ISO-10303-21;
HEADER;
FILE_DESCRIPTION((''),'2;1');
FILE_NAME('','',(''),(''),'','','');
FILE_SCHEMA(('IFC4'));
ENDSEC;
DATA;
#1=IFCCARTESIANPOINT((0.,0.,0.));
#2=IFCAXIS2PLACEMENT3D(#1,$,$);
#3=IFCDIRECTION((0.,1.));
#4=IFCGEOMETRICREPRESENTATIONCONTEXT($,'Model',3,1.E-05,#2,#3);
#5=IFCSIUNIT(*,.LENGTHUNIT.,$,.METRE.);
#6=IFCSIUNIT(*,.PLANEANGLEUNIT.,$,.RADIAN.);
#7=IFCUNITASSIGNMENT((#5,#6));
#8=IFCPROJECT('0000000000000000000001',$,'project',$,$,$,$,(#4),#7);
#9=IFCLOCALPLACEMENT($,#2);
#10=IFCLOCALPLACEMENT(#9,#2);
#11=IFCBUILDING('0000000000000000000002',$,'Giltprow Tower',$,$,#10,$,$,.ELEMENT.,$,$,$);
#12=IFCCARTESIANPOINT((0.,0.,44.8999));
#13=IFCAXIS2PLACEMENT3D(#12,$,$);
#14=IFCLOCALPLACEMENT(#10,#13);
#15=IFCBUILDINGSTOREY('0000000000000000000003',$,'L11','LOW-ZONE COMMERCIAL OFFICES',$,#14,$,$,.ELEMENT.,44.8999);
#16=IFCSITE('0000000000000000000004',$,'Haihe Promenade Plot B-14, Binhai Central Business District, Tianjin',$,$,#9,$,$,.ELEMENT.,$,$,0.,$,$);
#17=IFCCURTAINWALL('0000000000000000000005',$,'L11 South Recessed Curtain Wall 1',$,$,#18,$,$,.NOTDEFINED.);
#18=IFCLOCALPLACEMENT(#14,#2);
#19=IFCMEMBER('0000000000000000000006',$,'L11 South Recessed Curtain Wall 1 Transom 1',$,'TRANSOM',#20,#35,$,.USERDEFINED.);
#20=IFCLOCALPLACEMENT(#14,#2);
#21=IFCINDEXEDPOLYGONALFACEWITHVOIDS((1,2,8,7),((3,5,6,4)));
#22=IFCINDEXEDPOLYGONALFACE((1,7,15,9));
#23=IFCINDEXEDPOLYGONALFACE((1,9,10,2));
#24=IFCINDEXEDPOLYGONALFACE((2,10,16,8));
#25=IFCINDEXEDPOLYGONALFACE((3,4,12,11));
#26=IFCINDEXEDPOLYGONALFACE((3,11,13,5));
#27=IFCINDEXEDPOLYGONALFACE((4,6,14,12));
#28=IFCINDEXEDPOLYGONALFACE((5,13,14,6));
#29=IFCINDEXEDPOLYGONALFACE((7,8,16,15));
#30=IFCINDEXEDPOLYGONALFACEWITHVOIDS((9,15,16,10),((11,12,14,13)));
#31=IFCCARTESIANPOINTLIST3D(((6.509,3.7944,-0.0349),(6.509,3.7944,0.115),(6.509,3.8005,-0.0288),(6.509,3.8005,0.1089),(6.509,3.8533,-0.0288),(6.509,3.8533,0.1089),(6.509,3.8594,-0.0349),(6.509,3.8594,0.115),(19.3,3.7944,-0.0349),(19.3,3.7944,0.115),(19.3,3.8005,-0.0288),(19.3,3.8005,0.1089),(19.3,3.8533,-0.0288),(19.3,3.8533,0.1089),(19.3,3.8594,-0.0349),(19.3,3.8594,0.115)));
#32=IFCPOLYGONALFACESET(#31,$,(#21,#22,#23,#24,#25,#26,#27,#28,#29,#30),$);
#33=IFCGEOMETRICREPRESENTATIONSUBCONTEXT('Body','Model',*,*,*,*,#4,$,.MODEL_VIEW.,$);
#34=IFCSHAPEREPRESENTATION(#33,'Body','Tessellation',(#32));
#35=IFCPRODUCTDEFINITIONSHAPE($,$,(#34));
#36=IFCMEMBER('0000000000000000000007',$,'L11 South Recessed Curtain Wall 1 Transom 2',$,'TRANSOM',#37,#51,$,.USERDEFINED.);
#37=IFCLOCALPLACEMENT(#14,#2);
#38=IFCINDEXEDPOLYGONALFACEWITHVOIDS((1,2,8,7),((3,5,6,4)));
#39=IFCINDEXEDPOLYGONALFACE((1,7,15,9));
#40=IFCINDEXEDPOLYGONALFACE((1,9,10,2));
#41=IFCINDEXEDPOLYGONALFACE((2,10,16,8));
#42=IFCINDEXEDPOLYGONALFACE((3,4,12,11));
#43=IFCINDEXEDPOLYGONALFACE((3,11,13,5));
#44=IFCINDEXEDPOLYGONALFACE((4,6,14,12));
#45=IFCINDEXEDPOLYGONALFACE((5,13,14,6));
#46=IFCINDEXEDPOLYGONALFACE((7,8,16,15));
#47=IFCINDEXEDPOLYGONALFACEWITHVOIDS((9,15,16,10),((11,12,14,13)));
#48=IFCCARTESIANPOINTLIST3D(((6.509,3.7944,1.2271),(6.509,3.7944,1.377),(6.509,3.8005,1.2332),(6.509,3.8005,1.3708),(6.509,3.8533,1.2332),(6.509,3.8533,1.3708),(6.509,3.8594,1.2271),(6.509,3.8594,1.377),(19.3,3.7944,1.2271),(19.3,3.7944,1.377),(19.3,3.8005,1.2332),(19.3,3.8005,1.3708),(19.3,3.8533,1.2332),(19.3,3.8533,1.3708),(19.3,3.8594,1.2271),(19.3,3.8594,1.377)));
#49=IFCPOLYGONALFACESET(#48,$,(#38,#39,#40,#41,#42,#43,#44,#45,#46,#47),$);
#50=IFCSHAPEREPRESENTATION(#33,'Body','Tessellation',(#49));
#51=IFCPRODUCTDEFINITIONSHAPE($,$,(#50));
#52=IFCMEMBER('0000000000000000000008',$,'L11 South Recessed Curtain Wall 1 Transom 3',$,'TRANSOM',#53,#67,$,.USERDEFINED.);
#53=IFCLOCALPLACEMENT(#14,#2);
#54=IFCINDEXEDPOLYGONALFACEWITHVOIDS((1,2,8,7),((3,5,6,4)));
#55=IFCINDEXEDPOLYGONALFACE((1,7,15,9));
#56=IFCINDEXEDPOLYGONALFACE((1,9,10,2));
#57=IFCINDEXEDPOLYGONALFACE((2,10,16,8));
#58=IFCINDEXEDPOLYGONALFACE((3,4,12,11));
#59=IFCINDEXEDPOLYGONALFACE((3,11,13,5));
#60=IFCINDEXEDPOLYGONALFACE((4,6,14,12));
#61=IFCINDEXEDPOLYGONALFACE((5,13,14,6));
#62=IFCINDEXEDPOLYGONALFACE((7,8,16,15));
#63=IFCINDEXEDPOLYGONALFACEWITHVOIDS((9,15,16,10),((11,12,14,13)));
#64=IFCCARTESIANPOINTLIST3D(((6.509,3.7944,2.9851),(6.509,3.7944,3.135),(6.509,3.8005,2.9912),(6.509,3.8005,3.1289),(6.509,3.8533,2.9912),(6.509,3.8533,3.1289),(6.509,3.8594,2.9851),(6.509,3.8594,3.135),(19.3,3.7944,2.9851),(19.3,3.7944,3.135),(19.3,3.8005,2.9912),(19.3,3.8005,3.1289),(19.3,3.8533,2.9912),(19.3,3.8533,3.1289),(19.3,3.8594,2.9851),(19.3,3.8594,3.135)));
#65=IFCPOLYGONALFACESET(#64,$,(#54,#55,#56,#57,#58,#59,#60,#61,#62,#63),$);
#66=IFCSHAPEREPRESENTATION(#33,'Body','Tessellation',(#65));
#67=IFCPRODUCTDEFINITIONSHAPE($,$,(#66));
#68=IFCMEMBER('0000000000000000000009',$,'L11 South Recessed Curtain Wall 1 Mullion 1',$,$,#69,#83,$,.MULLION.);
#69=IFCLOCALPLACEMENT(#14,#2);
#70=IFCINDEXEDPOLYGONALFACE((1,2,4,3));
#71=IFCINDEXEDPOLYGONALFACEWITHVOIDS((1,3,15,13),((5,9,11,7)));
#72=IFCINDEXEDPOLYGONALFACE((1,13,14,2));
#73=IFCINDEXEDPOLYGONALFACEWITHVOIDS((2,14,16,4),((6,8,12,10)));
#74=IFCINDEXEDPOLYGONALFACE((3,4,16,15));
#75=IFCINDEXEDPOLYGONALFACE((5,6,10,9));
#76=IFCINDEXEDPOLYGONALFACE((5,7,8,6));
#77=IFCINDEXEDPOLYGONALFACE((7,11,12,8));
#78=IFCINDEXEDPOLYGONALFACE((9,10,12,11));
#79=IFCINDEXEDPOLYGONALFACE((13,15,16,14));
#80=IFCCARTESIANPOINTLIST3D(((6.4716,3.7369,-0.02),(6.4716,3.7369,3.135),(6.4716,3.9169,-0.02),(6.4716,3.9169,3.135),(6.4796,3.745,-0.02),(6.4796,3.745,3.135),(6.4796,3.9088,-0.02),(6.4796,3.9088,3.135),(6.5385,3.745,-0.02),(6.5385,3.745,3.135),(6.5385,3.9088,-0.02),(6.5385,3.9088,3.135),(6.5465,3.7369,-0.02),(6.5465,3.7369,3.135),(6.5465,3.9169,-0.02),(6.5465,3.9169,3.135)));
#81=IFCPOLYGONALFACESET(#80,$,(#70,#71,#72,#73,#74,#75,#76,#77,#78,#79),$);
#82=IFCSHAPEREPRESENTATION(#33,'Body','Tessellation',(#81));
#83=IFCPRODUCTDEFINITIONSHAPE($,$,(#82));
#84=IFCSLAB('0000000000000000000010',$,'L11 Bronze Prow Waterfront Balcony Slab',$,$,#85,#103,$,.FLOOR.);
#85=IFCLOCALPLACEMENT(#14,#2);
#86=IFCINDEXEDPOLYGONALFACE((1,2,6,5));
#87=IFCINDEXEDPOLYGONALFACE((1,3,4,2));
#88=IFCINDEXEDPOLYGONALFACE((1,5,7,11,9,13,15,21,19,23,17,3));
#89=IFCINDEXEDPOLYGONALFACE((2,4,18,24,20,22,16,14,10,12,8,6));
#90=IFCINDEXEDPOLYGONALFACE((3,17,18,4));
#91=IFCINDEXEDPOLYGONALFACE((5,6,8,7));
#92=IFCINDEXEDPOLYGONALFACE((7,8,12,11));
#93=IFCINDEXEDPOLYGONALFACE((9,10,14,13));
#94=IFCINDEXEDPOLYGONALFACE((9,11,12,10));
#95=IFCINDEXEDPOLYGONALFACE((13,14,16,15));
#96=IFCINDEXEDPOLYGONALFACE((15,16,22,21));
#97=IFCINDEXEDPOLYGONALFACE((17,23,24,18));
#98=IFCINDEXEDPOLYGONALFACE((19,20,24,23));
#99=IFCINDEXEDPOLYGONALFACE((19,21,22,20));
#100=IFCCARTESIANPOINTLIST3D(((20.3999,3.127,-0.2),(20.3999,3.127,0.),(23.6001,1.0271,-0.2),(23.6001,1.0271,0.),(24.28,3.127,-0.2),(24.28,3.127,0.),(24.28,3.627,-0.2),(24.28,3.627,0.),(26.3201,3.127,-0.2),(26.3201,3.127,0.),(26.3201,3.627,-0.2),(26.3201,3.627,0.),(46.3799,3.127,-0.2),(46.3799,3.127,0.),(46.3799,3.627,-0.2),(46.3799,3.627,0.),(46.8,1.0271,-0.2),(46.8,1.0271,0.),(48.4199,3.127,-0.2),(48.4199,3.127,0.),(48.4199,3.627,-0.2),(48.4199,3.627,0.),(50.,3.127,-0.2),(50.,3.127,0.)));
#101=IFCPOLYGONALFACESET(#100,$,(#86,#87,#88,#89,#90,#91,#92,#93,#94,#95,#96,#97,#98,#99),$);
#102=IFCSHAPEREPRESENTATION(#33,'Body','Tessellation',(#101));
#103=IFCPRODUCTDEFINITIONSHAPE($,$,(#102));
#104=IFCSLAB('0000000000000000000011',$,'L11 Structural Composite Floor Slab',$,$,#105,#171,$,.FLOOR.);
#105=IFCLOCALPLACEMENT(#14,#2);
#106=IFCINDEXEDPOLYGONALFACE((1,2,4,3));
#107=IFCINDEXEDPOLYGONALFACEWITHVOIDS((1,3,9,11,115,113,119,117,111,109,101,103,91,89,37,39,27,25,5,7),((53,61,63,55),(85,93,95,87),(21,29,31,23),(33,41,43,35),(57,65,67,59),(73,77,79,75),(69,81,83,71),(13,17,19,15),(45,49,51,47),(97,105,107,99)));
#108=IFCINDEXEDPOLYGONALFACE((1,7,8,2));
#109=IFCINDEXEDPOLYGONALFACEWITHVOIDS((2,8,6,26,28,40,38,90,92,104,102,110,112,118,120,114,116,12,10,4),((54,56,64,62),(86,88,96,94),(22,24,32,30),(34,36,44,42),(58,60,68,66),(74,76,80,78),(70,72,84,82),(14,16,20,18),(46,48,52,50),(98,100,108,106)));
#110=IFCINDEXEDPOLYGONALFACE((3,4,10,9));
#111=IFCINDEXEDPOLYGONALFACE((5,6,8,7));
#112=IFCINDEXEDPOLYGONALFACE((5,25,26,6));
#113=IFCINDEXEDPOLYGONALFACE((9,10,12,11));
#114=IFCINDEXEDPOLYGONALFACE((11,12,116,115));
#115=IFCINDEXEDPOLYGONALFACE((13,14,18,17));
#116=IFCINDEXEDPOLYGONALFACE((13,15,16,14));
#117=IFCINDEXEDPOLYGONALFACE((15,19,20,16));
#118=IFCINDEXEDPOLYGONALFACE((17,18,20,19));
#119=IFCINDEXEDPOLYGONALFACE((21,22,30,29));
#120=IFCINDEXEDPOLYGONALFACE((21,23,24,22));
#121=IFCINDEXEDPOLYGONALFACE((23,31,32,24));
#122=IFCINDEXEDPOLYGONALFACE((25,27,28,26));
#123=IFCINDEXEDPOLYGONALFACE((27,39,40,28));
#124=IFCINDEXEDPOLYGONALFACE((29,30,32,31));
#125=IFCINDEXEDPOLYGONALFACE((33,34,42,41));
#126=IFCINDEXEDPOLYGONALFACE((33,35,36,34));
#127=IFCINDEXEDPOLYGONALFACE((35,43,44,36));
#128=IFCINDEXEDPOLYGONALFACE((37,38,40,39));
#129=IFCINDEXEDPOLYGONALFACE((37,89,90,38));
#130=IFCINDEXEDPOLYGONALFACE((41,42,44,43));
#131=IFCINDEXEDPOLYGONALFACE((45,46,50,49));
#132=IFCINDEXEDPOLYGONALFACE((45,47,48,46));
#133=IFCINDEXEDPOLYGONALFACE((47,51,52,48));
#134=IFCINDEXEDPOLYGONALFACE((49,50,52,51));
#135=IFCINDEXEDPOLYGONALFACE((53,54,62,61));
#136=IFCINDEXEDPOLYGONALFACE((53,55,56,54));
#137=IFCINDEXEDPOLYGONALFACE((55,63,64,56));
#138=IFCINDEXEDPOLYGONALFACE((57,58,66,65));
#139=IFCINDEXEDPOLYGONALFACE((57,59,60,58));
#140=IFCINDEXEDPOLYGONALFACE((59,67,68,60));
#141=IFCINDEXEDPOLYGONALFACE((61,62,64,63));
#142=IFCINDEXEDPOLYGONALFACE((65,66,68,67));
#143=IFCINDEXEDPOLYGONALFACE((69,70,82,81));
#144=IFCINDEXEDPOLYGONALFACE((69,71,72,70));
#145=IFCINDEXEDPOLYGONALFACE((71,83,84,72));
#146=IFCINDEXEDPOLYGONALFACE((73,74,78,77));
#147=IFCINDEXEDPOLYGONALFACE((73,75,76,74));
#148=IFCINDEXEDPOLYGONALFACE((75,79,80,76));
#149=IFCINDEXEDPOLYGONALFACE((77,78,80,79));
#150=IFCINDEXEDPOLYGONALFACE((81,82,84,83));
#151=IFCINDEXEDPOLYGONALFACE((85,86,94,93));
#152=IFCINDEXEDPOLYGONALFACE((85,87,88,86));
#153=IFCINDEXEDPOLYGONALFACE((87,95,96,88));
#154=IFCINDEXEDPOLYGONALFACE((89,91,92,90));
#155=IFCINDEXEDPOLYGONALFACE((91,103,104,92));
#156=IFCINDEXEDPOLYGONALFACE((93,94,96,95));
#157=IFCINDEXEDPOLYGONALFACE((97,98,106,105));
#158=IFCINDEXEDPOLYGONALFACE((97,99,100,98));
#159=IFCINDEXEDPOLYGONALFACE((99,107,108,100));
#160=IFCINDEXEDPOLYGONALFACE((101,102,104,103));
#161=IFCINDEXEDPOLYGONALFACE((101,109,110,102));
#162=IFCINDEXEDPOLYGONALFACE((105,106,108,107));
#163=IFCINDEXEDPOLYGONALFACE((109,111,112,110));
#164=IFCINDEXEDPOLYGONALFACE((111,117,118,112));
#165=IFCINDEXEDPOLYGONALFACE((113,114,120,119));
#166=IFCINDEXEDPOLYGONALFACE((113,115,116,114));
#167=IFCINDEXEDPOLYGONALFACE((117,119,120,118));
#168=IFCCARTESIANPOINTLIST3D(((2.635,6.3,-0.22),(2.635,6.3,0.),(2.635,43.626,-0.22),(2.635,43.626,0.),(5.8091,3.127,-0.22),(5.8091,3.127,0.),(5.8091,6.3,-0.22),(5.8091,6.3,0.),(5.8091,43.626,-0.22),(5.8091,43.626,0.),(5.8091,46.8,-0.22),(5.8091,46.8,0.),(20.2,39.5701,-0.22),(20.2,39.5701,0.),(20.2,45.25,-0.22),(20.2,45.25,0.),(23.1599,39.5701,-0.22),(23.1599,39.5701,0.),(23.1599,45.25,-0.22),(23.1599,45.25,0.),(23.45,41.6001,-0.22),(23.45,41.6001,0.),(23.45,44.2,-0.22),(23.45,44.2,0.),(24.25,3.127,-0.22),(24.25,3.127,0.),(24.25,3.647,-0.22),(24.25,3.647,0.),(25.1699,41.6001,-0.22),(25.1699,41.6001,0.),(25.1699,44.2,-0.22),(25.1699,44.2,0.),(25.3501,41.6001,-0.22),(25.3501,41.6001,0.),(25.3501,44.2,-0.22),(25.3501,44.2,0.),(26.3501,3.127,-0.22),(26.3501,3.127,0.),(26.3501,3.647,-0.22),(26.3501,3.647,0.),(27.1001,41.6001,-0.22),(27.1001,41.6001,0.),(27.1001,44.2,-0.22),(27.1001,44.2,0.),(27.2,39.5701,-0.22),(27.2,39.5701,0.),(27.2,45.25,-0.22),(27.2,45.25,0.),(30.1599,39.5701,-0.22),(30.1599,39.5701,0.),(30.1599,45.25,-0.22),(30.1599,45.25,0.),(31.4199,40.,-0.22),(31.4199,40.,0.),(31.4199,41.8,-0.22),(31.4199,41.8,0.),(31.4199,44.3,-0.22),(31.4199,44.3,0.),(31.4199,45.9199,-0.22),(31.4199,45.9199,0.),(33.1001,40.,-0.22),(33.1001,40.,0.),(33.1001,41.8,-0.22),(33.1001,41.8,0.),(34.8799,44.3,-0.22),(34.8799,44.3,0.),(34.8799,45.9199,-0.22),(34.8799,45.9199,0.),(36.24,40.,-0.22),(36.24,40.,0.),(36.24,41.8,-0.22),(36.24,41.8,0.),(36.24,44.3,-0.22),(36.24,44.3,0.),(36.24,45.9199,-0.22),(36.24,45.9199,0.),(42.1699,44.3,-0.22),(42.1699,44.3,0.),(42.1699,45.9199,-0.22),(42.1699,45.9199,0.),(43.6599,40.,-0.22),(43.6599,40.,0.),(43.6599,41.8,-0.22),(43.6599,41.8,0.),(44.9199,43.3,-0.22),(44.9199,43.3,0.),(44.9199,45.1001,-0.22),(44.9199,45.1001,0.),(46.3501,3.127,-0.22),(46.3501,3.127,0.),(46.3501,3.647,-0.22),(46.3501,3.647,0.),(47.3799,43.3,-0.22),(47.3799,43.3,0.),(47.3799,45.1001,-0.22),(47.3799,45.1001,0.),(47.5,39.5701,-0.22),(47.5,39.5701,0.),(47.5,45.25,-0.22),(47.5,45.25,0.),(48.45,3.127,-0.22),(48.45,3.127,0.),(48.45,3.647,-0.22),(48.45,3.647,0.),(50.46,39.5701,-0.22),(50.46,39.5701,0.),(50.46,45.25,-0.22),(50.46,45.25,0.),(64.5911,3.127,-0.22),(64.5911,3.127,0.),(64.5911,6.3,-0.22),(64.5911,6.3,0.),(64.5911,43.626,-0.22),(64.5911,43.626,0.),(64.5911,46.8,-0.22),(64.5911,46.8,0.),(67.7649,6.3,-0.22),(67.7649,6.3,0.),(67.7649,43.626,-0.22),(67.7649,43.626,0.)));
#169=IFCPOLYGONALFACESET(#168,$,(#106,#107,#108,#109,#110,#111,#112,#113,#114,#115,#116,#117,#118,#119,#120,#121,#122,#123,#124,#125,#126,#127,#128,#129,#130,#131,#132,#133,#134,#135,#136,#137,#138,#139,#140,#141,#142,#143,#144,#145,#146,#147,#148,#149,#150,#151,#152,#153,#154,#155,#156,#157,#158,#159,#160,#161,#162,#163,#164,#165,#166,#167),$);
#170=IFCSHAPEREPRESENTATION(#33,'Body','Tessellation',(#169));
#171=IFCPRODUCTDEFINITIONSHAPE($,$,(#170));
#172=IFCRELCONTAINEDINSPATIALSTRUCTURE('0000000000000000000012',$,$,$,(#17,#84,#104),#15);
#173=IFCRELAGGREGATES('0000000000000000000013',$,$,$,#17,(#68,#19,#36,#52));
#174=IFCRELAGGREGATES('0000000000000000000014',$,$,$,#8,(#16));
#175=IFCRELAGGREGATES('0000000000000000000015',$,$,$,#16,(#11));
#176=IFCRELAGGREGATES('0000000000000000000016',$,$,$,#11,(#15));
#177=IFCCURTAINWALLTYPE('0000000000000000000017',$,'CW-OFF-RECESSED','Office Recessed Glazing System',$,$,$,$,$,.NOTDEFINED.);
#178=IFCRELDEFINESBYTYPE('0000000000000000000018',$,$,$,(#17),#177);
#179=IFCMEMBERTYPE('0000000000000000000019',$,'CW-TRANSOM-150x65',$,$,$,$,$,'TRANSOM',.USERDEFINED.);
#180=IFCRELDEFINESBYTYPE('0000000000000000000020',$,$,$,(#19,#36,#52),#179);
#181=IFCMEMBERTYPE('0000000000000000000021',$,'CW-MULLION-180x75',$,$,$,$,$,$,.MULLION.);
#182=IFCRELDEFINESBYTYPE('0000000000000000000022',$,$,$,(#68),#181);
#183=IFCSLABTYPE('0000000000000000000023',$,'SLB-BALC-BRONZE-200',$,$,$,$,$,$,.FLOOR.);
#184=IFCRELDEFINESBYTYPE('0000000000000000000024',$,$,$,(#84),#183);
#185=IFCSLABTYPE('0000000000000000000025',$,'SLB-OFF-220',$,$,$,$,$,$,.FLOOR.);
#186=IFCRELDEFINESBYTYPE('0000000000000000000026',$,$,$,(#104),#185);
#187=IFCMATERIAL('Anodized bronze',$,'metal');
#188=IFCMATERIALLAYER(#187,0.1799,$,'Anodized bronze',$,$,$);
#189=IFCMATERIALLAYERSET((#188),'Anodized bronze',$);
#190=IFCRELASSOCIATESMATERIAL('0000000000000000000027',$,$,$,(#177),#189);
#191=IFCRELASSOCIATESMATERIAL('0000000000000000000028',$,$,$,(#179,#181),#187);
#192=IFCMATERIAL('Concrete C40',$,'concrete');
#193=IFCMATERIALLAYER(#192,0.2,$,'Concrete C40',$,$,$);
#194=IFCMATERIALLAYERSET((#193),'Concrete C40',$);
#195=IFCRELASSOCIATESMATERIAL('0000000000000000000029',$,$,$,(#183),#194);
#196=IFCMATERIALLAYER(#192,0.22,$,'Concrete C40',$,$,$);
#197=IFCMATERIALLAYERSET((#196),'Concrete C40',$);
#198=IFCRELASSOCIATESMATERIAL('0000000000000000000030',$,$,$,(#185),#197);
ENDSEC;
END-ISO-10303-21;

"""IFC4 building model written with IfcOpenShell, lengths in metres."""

from ifc_helpers import new_model, si_unit, direction, frame, origin, origin_2d, place, context, subcontext, project, spatial, polyline, hollow_rectangle, outline, extrude, source, transform, mapped, material, layer, layer_set, material_profile, profile_set, type_object, element, aggregate, save


model = new_model("IFC4")

# Units and contexts
model_context = context("Model", 3, precision=1e-05, world=origin(), true_north=direction((0.0, 1.0)))
body_context = subcontext(model_context, "Body", "Model", "MODEL_VIEW")
ifc_project = project(units=[si_unit("LENGTHUNIT", "METRE"), si_unit("PLANEANGLEUNIT", "RADIAN")], contexts=[model_context])

# Site, building, storey
site_placement = place(None, origin())
site = spatial("IfcSite", under=ifc_project, at=site_placement, Name="Haihe Promenade Plot B-14, Binhai Central Business District, Tianjin", CompositionType="ELEMENT", RefElevation=0.0)
building_placement = place(site_placement, origin())
building = spatial("IfcBuilding", under=site, at=building_placement, Name="Giltprow Tower", CompositionType="ELEMENT")
storey_placement = place(building_placement, frame((0.0, 0.0, 44.8999)))
storey = spatial("IfcBuildingStorey", under=building, at=storey_placement, Name="L11", Description="LOW-ZONE COMMERCIAL OFFICES", CompositionType="ELEMENT", Elevation=44.8999)

# Curtain wall, members
ifc_material_1 = material(Name="Anodized bronze", Category="metal")
ifc_layer_1 = layer(ifc_material_1, 0.1799, Name="Anodized bronze")
ifc_layer_set_1 = layer_set([ifc_layer_1], Name="Anodized bronze")
curtain_wall_type = type_object("IfcCurtainWallType", Name="CW-OFF-RECESSED", Description="Office Recessed Glazing System", PredefinedType="NOTDEFINED", material=ifc_layer_set_1)
curtain_wall_placement = place(storey_placement, origin())
curtain_wall = element("IfcCurtainWall", 1, at=curtain_wall_placement, inside=storey, type_object=curtain_wall_type, Name="L11 South Recessed Curtain Wall 1", PredefinedType="NOTDEFINED")
ifc_material_profile_1 = material_profile(ifc_material_1, hollow_rectangle(XDim=0.0649, YDim=0.1499, WallThickness=0.0061, at=origin_2d()), Name="RHS 150x65x6")
ifc_profile_set_1 = profile_set([ifc_material_profile_1], Name="Anodized bronze")
member_type_1 = type_object("IfcMemberType", Name="CW-TRANSOM-150x65", ElementType="TRANSOM", PredefinedType="USERDEFINED", material=ifc_profile_set_1)
shared_shape_1 = source(origin(), body_context, "Body", "SweptSolid", [
    extrude(hollow_rectangle(XDim=0.0649, YDim=0.1499, WallThickness=0.0061, at=origin_2d()), origin(), (0.0, 0.0, 1.0), 12.791),
])
member_1_placement = place(storey_placement, frame((6.509, 3.8269, 0.04), z_axis=(1.0, 0.0, 0.0), x_axis=(0.0, 1.0, 0.0)))
member_1 = element("IfcMember", 2, at=member_1_placement, type_object=member_type_1, Name="L11 South Recessed Curtain Wall 1 Transom 1", ObjectType="TRANSOM", PredefinedType="USERDEFINED", context=body_context, shape_type="MappedRepresentation", body=[
    mapped(shared_shape_1, transform((0.0, 0.0, 0.0), x_axis=(1.0, 0.0, 0.0), y_axis=(0.0, 1.0, 0.0), z_axis=(0.0, 0.0, 1.0), scale=1.0)),
])
member_2_placement = place(storey_placement, frame((6.509, 3.8269, 1.302), z_axis=(1.0, 0.0, 0.0), x_axis=(0.0, 1.0, 0.0)))
member_2 = element("IfcMember", 3, at=member_2_placement, type_object=member_type_1, Name="L11 South Recessed Curtain Wall 1 Transom 2", ObjectType="TRANSOM", PredefinedType="USERDEFINED", context=body_context, shape_type="MappedRepresentation", body=[
    mapped(shared_shape_1, transform((0.0, 0.0, 0.0), x_axis=(1.0, 0.0, 0.0), y_axis=(0.0, 1.0, 0.0), z_axis=(0.0, 0.0, 1.0), scale=1.0)),
])
member_3_placement = place(storey_placement, frame((6.509, 3.8269, 3.0601), z_axis=(1.0, 0.0, 0.0), x_axis=(0.0, 1.0, 0.0)))
member_3 = element("IfcMember", 4, at=member_3_placement, type_object=member_type_1, Name="L11 South Recessed Curtain Wall 1 Transom 3", ObjectType="TRANSOM", PredefinedType="USERDEFINED", context=body_context, shape_type="MappedRepresentation", body=[
    mapped(shared_shape_1, transform((0.0, 0.0, 0.0), x_axis=(1.0, 0.0, 0.0), y_axis=(0.0, 1.0, 0.0), z_axis=(0.0, 0.0, 1.0), scale=1.0)),
])
ifc_material_profile_2 = material_profile(ifc_material_1, hollow_rectangle(XDim=0.075, YDim=0.1799, WallThickness=0.0081, at=origin_2d()), Name="RHS 180x75x8")
ifc_profile_set_2 = profile_set([ifc_material_profile_2], Name="Anodized bronze")
member_type_2 = type_object("IfcMemberType", Name="CW-MULLION-180x75", PredefinedType="MULLION", material=ifc_profile_set_2)
shared_shape_2 = source(origin(), body_context, "Body", "SweptSolid", [
    extrude(hollow_rectangle(XDim=0.075, YDim=0.1799, WallThickness=0.0081, at=origin_2d()), origin(), (0.0, 0.0, 1.0), 3.155),
])
member_4_placement = place(storey_placement, frame((6.509, 3.8269, -0.02), z_axis=(0.0, 0.0, 1.0), x_axis=(1.0, 0.0, 0.0)))
member_4 = element("IfcMember", 5, at=member_4_placement, type_object=member_type_2, Name="L11 South Recessed Curtain Wall 1 Mullion 1", PredefinedType="MULLION", context=body_context, shape_type="MappedRepresentation", body=[
    mapped(shared_shape_2, transform((0.0, 0.0, 0.0), x_axis=(1.0, 0.0, 0.0), y_axis=(0.0, 1.0, 0.0), z_axis=(0.0, 0.0, 1.0), scale=1.0)),
])

# Slabs
ifc_material_2 = material(Name="Concrete C40", Category="concrete")
ifc_layer_2 = layer(ifc_material_2, 0.2, Name="Concrete C40")
ifc_layer_set_2 = layer_set([ifc_layer_2], Name="Concrete C40")
slab_type_1 = type_object("IfcSlabType", Name="SLB-BALC-BRONZE-200", PredefinedType="FLOOR", material=ifc_layer_set_2)
slab_1_placement = place(storey_placement, frame((0.0, 0.0, -0.2)))
element("IfcSlab", 6, at=slab_1_placement, inside=storey, type_object=slab_type_1, Name="L11 Bronze Prow Waterfront Balcony Slab", PredefinedType="FLOOR", context=body_context, shape_type="SweptSolid", body=[
    extrude(outline(polyline([(50.0, 3.127), (46.8, 1.0271), (23.6001, 1.0271), (20.3999, 3.127), (24.28, 3.127), (24.28, 3.627), (26.3201, 3.627), (26.3201, 3.127), (46.3799, 3.127), (46.3799, 3.627), (48.4199, 3.627), (48.4199, 3.127), (50.0, 3.127)])), origin(), (0.0, 0.0, 1.0), 0.2),
])
ifc_layer_3 = layer(ifc_material_2, 0.22, Name="Concrete C40")
ifc_layer_set_3 = layer_set([ifc_layer_3], Name="Concrete C40")
slab_type_2 = type_object("IfcSlabType", Name="SLB-OFF-220", PredefinedType="FLOOR", material=ifc_layer_set_3)
slab_2_placement = place(storey_placement, frame((0.0, 0.0, -0.22)))
element("IfcSlab", 7, at=slab_2_placement, inside=storey, type_object=slab_type_2, Name="L11 Structural Composite Floor Slab", PredefinedType="FLOOR", context=body_context, shape_type="SweptSolid", body=[
    extrude(outline(polyline([(5.8091, 3.127), (5.8091, 6.3), (2.635, 6.3), (2.635, 43.626), (5.8091, 43.626), (5.8091, 46.8), (64.5911, 46.8), (64.5911, 43.626), (67.7649, 43.626), (67.7649, 6.3), (64.5911, 6.3), (64.5911, 3.127), (48.45, 3.127), (48.45, 3.647), (46.3501, 3.647), (46.3501, 3.127), (26.3501, 3.127), (26.3501, 3.647), (24.25, 3.647), (24.25, 3.127), (5.8091, 3.127)]), holes=[polyline([(33.1001, 41.8), (31.4199, 41.8), (31.4199, 40.0), (33.1001, 40.0), (33.1001, 41.8)]), polyline([(23.1599, 39.5701), (23.1599, 45.25), (20.2, 45.25), (20.2, 39.5701), (23.1599, 39.5701)]), polyline([(30.1599, 45.25), (27.2, 45.25), (27.2, 39.5701), (30.1599, 39.5701), (30.1599, 45.25)]), polyline([(25.1699, 41.6001), (25.1699, 44.2), (23.45, 44.2), (23.45, 41.6001), (25.1699, 41.6001)]), polyline([(27.1001, 41.6001), (27.1001, 44.2), (25.3501, 44.2), (25.3501, 41.6001), (27.1001, 41.6001)]), polyline([(43.6599, 40.0), (43.6599, 41.8), (36.24, 41.8), (36.24, 40.0), (43.6599, 40.0)]), polyline([(50.46, 39.5701), (50.46, 45.25), (47.5, 45.25), (47.5, 39.5701), (50.46, 39.5701)]), polyline([(47.3799, 45.1001), (44.9199, 45.1001), (44.9199, 43.3), (47.3799, 43.3), (47.3799, 45.1001)]), polyline([(34.8799, 44.3), (34.8799, 45.9199), (31.4199, 45.9199), (31.4199, 44.3), (34.8799, 44.3)]), polyline([(42.1699, 44.3), (42.1699, 45.9199), (36.24, 45.9199), (36.24, 44.3), (42.1699, 44.3)])]), origin(), (0.0, 0.0, 1.0), 0.22),
])

aggregate(curtain_wall, [member_4, member_1, member_2, member_3])

save(model, "model.ifc")
